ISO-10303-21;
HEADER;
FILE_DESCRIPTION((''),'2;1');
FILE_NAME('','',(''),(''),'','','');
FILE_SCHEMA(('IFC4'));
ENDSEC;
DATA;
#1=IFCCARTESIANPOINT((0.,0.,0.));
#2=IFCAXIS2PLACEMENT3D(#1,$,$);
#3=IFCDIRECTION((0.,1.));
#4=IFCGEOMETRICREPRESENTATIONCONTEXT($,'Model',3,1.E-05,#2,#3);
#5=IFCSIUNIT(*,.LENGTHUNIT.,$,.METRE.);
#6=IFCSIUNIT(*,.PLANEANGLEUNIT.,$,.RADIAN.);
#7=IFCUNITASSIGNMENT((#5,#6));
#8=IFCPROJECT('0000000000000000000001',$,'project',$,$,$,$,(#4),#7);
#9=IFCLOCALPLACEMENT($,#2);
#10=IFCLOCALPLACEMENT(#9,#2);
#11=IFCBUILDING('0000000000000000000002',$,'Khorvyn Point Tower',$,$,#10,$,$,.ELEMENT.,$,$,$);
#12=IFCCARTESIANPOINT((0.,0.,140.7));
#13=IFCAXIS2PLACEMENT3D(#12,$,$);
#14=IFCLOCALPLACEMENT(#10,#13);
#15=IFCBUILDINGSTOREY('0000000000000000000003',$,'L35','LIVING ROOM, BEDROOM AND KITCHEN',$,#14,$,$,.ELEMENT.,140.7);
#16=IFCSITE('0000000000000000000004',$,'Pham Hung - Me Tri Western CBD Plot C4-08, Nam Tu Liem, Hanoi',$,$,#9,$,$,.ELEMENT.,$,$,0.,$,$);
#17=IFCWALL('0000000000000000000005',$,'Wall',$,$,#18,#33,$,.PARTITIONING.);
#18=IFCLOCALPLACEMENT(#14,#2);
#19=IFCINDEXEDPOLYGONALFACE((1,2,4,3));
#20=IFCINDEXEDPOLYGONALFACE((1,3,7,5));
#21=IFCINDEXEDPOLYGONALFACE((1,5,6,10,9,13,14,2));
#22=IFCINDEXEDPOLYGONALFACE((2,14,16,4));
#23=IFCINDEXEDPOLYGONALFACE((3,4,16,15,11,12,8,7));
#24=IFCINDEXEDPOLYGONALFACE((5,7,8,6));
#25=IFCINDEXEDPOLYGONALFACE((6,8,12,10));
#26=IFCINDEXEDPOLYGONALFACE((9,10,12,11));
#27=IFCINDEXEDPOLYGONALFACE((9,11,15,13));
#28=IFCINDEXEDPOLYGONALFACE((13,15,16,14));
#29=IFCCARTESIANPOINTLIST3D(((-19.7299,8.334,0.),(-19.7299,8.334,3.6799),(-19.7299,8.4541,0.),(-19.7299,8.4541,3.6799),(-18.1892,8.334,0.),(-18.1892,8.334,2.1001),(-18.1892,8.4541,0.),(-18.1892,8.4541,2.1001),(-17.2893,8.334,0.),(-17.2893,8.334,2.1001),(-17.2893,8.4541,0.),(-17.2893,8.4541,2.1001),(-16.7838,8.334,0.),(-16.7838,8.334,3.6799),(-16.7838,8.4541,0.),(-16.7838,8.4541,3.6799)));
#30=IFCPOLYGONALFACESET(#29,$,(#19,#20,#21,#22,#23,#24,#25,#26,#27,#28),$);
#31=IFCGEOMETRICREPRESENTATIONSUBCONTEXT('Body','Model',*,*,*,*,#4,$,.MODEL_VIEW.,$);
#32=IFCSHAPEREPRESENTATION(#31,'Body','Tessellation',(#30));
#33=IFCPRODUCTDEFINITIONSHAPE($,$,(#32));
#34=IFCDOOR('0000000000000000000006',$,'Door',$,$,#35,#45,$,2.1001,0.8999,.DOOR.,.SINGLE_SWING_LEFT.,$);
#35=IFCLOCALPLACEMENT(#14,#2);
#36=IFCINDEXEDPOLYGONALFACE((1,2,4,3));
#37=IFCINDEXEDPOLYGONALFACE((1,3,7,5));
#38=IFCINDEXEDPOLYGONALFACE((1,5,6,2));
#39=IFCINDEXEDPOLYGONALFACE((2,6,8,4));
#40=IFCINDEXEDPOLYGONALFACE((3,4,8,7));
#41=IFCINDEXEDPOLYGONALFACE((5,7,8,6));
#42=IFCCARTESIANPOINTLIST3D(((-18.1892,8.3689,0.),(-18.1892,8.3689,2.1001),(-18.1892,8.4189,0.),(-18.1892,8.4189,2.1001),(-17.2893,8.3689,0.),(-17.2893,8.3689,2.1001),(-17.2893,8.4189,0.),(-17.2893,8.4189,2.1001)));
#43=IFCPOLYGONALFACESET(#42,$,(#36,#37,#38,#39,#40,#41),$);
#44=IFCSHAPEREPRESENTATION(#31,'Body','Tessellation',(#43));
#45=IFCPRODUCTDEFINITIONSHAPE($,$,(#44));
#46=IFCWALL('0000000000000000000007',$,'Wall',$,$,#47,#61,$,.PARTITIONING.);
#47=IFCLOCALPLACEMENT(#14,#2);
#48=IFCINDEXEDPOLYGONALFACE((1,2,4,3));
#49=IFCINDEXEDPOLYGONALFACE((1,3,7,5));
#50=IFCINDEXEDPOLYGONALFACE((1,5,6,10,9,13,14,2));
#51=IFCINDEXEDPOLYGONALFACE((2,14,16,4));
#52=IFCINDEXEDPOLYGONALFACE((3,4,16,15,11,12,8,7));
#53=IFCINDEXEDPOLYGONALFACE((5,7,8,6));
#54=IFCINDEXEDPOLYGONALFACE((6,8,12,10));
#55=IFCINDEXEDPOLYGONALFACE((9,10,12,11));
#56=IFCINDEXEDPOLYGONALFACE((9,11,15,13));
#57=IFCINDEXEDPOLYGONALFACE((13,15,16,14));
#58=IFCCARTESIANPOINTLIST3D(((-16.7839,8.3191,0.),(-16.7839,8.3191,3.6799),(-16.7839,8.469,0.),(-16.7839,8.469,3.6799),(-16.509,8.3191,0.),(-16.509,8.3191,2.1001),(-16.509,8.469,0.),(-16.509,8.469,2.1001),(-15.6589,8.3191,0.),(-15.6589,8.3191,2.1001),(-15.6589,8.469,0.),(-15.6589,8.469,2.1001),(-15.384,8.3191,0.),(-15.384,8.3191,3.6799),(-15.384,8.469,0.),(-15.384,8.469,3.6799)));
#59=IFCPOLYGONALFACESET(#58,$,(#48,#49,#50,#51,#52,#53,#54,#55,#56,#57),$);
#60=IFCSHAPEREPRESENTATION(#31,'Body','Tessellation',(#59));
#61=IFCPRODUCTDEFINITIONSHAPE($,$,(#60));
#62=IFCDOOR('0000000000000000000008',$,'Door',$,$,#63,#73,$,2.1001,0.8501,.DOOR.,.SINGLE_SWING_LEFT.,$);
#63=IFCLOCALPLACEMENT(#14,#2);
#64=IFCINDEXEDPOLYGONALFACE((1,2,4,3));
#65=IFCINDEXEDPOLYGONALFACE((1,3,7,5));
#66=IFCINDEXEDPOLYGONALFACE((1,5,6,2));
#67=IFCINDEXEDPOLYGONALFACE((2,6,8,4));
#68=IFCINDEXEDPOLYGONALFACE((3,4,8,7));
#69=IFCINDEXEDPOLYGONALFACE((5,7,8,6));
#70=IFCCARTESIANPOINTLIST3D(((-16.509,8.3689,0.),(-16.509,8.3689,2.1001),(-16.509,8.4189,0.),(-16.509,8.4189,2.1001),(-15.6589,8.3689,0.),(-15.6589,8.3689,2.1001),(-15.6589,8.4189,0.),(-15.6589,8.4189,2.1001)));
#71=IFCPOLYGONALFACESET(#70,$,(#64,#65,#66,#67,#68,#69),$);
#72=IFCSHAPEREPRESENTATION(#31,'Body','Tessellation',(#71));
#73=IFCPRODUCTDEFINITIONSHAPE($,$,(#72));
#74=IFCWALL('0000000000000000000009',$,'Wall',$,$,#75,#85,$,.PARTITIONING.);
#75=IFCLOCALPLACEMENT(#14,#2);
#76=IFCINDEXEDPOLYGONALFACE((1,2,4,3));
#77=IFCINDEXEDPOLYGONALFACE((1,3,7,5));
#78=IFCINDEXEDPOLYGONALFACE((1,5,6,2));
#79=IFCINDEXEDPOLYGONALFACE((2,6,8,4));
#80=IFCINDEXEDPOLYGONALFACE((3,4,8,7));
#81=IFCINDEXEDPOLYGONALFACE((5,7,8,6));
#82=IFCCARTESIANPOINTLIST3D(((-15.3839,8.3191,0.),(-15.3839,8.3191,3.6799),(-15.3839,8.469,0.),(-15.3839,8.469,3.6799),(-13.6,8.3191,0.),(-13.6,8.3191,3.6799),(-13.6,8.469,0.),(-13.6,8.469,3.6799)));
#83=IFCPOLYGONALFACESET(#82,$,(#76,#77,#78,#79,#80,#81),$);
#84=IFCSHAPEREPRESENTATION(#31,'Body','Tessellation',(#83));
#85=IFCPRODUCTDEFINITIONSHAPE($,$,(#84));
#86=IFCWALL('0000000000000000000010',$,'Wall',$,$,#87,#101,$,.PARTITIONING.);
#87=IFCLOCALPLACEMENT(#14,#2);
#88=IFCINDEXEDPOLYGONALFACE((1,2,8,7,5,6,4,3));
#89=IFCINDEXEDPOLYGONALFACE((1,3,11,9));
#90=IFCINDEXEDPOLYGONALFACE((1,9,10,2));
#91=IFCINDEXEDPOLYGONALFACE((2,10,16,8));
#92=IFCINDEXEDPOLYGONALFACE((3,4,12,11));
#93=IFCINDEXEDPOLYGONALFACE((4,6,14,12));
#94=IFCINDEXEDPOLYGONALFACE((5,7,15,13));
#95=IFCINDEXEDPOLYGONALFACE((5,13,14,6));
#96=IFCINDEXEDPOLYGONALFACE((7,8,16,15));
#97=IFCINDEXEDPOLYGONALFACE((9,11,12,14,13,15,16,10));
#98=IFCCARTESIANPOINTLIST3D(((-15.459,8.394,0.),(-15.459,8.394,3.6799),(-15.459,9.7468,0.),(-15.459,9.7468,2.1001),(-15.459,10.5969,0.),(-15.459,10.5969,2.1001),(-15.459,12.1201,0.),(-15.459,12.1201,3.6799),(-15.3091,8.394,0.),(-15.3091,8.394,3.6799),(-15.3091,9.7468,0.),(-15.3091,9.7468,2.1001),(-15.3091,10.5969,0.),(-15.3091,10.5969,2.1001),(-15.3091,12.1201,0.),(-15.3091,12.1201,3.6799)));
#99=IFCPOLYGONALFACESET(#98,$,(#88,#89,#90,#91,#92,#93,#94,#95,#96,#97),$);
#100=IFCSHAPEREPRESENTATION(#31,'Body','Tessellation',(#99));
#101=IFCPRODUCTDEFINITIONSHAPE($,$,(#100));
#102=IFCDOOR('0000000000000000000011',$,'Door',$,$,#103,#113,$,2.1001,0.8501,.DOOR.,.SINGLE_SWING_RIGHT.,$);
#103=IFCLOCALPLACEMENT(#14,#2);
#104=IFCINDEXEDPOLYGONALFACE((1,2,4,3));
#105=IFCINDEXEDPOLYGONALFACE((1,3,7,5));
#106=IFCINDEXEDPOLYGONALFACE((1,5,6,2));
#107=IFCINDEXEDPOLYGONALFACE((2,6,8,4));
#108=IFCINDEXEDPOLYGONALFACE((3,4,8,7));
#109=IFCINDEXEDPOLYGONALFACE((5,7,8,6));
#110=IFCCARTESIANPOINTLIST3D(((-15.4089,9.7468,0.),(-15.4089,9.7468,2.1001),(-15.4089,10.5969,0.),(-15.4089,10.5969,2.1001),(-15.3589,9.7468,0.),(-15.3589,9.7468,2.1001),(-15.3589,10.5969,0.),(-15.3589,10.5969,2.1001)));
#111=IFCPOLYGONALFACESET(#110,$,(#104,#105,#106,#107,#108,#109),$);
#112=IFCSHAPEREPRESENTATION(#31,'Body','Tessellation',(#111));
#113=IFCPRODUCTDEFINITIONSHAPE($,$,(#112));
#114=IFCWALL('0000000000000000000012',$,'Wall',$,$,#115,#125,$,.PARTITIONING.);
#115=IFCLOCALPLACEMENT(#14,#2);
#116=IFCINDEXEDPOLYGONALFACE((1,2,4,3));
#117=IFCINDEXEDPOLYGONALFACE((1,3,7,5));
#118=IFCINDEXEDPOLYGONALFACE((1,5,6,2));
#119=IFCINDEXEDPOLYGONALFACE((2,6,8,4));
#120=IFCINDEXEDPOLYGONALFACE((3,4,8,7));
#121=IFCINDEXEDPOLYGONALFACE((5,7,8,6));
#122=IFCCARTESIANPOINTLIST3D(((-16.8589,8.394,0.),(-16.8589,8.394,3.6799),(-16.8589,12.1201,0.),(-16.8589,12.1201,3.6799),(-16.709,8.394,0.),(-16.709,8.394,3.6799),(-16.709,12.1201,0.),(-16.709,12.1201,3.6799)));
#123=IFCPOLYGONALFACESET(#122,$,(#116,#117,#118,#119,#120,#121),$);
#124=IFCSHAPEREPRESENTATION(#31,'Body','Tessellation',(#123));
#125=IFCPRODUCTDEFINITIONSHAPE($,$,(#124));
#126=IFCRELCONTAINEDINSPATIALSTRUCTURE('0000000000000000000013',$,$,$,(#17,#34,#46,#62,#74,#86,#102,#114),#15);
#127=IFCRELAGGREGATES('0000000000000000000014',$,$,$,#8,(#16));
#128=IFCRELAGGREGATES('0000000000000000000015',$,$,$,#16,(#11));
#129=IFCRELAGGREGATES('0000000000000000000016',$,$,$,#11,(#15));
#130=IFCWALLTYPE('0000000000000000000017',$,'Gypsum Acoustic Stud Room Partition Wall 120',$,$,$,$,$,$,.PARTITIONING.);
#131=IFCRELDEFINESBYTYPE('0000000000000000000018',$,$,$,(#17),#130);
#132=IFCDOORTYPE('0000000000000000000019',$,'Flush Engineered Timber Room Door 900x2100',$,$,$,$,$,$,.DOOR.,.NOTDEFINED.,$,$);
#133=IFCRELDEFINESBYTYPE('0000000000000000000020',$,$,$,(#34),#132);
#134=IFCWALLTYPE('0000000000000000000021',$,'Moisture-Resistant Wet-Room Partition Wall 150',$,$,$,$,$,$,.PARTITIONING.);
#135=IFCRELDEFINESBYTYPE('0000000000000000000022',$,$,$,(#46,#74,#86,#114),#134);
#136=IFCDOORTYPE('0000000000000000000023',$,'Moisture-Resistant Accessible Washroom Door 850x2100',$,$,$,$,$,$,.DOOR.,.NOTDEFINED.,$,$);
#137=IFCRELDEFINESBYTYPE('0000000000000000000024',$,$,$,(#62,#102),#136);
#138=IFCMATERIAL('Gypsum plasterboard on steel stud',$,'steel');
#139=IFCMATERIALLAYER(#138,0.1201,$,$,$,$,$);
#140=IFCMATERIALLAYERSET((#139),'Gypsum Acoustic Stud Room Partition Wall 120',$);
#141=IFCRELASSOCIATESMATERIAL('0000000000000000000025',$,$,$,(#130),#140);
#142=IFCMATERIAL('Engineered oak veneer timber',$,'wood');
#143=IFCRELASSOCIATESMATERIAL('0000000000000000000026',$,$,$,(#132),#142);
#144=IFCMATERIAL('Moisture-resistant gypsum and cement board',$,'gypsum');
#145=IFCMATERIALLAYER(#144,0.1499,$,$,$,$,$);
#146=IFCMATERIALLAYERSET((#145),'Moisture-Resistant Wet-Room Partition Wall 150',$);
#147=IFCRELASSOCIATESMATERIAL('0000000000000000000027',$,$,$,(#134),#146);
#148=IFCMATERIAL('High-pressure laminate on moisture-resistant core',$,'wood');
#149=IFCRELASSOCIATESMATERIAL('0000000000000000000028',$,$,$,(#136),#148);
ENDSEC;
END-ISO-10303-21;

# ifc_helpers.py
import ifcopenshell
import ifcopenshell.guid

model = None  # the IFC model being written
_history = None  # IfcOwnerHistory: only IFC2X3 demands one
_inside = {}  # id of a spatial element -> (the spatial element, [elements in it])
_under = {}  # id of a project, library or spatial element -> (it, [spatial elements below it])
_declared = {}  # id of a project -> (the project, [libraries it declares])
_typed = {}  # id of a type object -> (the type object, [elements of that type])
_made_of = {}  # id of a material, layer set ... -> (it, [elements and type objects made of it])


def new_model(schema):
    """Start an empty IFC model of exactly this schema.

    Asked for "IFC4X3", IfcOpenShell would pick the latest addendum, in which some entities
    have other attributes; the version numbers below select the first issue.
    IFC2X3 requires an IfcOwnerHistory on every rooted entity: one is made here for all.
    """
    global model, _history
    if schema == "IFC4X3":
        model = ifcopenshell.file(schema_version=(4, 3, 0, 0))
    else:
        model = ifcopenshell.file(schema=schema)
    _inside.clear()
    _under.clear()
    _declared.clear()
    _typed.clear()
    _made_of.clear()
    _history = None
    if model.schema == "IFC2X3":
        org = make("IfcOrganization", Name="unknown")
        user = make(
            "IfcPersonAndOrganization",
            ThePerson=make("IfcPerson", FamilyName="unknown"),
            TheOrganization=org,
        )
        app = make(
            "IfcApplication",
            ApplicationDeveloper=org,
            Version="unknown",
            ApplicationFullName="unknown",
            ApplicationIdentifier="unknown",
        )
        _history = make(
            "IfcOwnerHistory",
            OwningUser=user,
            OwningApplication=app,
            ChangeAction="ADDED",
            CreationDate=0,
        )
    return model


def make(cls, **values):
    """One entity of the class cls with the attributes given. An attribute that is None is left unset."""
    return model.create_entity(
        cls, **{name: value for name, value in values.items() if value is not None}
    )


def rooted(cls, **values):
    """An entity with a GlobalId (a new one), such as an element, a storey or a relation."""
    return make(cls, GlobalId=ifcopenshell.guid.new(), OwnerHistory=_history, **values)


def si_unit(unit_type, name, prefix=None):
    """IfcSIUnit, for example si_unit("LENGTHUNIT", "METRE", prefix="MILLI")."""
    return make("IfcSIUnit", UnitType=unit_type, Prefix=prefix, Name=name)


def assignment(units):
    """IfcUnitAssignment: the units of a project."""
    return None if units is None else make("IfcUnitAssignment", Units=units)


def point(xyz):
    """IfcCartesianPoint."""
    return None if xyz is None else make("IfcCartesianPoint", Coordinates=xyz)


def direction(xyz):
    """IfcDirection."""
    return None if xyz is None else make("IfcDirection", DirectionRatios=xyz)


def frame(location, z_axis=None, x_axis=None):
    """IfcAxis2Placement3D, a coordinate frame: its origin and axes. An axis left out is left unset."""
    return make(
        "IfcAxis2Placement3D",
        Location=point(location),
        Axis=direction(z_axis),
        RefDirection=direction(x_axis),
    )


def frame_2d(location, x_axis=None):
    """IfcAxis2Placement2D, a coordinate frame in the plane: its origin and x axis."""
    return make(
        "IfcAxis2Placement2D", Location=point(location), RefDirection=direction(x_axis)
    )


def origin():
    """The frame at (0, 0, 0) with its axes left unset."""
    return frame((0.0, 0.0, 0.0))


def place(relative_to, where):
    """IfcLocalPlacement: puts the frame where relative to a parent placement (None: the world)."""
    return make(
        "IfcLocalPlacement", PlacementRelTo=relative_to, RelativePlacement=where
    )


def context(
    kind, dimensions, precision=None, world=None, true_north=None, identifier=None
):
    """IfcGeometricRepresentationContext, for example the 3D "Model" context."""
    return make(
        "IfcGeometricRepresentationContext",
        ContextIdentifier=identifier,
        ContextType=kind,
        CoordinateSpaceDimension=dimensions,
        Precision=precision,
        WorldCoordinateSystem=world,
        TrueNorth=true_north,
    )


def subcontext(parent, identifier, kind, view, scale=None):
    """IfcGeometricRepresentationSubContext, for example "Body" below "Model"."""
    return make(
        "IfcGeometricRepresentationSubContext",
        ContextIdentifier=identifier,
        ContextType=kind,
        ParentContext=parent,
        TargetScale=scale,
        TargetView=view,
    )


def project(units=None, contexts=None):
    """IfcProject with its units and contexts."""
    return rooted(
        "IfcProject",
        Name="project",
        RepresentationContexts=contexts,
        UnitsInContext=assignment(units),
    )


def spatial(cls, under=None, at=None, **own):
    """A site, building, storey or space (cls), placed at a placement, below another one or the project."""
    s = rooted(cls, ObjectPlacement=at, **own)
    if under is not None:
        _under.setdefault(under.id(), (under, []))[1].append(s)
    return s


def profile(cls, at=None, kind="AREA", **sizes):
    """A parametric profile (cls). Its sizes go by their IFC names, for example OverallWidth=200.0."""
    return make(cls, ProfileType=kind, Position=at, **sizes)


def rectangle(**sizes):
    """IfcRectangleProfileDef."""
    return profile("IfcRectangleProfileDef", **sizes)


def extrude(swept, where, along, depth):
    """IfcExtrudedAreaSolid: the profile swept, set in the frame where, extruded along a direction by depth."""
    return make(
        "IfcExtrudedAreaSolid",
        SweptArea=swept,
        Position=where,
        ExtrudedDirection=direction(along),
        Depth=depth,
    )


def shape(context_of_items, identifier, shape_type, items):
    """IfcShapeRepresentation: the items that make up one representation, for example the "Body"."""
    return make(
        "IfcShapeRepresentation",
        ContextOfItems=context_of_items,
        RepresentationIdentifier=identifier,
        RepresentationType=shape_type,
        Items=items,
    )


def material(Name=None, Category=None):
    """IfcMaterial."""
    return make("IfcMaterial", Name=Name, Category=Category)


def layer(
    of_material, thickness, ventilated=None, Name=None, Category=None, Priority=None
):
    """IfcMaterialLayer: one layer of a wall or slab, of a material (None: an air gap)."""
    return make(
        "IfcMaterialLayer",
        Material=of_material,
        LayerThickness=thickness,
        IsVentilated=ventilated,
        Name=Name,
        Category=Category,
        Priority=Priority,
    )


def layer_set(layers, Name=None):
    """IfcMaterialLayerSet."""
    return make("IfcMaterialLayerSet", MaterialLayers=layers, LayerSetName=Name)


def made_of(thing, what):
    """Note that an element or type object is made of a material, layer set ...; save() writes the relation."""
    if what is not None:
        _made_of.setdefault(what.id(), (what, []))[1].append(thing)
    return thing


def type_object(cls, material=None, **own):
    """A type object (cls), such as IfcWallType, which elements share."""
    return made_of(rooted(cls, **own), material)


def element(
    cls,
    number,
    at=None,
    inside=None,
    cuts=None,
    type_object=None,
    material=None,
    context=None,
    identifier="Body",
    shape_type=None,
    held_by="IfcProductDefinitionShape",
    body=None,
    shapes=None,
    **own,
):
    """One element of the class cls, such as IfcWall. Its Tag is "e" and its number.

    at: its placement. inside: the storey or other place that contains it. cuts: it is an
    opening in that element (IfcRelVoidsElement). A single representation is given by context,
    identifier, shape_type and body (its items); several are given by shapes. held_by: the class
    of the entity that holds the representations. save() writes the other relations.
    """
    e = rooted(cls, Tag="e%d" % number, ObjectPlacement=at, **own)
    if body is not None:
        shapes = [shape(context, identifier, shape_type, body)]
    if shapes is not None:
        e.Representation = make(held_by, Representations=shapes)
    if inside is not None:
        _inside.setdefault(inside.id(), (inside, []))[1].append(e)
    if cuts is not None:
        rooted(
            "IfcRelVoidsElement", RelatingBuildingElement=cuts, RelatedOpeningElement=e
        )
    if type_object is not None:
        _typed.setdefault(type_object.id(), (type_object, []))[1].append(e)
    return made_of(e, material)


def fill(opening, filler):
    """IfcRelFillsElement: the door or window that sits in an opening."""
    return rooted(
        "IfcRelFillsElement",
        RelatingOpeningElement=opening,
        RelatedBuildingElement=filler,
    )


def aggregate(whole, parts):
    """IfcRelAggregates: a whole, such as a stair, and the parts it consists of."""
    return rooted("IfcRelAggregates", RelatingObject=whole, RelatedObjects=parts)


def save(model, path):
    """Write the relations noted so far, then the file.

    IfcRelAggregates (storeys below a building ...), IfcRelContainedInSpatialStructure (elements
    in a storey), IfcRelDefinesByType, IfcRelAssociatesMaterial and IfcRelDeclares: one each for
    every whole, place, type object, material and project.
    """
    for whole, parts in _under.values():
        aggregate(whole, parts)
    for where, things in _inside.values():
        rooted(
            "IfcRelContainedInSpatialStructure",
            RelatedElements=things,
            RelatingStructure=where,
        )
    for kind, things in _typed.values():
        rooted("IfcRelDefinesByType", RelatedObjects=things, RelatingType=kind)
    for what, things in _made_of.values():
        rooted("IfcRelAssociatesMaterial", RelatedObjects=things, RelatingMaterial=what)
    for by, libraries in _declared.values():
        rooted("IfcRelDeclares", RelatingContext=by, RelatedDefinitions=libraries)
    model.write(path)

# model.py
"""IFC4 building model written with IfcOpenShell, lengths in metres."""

from ifc_helpers import new_model, si_unit, direction, frame, frame_2d, origin, place, context, subcontext, project, spatial, rectangle, extrude, material, layer, layer_set, type_object, element, fill, save


model = new_model("IFC4")

# Units and contexts
model_context = context("Model", 3, precision=1e-05, world=origin(), true_north=direction((0.0, 1.0)))
body_context = subcontext(model_context, "Body", "Model", "MODEL_VIEW")
ifc_project = project(units=[si_unit("LENGTHUNIT", "METRE"), si_unit("PLANEANGLEUNIT", "RADIAN")], contexts=[model_context])

# Site, building, storey
site_placement = place(None, origin())
site = spatial("IfcSite", under=ifc_project, at=site_placement, Name="Pham Hung - Me Tri Western CBD Plot C4-08, Nam Tu Liem, Hanoi", CompositionType="ELEMENT", RefElevation=0.0)
building_placement = place(site_placement, origin())
building = spatial("IfcBuilding", under=site, at=building_placement, Name="Khorvyn Point Tower", CompositionType="ELEMENT")
storey_placement = place(building_placement, frame((0.0, 0.0, 140.7)))
storey = spatial("IfcBuildingStorey", under=building, at=storey_placement, Name="L35", Description="LIVING ROOM, BEDROOM AND KITCHEN", CompositionType="ELEMENT", Elevation=140.7)

# Walls, openings, doors
ifc_material_1 = material(Name="Gypsum plasterboard on steel stud", Category="steel")
ifc_layer_1 = layer(ifc_material_1, 0.1201)
ifc_layer_set_1 = layer_set([ifc_layer_1], Name="Gypsum Acoustic Stud Room Partition Wall 120")
wall_type_1 = type_object("IfcWallType", Name="Gypsum Acoustic Stud Room Partition Wall 120", PredefinedType="PARTITIONING", material=ifc_layer_set_1)
wall_1_placement = place(storey_placement, frame((-19.73, 8.394, 0.0), z_axis=(0.0, 0.0, 1.0), x_axis=(1.0, 0.0, 0.0)))
wall_1 = element("IfcWall", 1, at=wall_1_placement, inside=storey, type_object=wall_type_1, Name="Wall", PredefinedType="PARTITIONING", context=body_context, shape_type="SweptSolid", body=[
    extrude(rectangle(XDim=2.946, YDim=0.1201, at=frame_2d((1.4731, 0.0))), origin(), (0.0, 0.0, 1.0), 3.6799),
])
opening_1_placement = place(wall_1_placement, frame((1.5408, 0.0, 0.0)))
opening_1 = element("IfcOpeningElement", 2, at=opening_1_placement, cuts=wall_1, PredefinedType="OPENING", context=body_context, shape_type="SweptSolid", body=[
    extrude(rectangle(XDim=0.8999, YDim=2.1001, at=frame_2d((0.45, 1.05))), frame((0.0, 0.0701, 0.0), z_axis=(0.0, -1.0, 0.0), x_axis=(1.0, 0.0, 0.0)), (0.0, 0.0, 1.0), 0.1401),
])
ifc_material_2 = material(Name="Engineered oak veneer timber", Category="wood")
door_type_1 = type_object("IfcDoorType", Name="Flush Engineered Timber Room Door 900x2100", OperationType="NOTDEFINED", PredefinedType="DOOR", material=ifc_material_2)
door_1_placement = place(opening_1_placement, origin())
door_1 = element("IfcDoor", 3, at=door_1_placement, inside=storey, type_object=door_type_1, Name="Door", OperationType="SINGLE_SWING_LEFT", OverallHeight=2.1001, OverallWidth=0.8999, PredefinedType="DOOR", context=body_context, shape_type="SweptSolid", body=[
    extrude(rectangle(XDim=0.8999, YDim=2.1001, at=frame_2d((0.45, 1.05))), frame((0.0, 0.0249, 0.0), z_axis=(0.0, -1.0, 0.0), x_axis=(1.0, 0.0, 0.0)), (0.0, 0.0, 1.0), 0.05),
])
fill(opening_1, door_1)
ifc_material_3 = material(Name="Moisture-resistant gypsum and cement board", Category="gypsum")
ifc_layer_2 = layer(ifc_material_3, 0.1499)
ifc_layer_set_2 = layer_set([ifc_layer_2], Name="Moisture-Resistant Wet-Room Partition Wall 150")
wall_type_2 = type_object("IfcWallType", Name="Moisture-Resistant Wet-Room Partition Wall 150", PredefinedType="PARTITIONING", material=ifc_layer_set_2)
wall_2_placement = place(storey_placement, frame((-16.7839, 8.394, 0.0), z_axis=(0.0, 0.0, 1.0), x_axis=(1.0, 0.0, 0.0)))
wall_2 = element("IfcWall", 4, at=wall_2_placement, inside=storey, type_object=wall_type_2, Name="Wall", PredefinedType="PARTITIONING", context=body_context, shape_type="SweptSolid", body=[
    extrude(rectangle(XDim=1.3999, YDim=0.1499, at=frame_2d((0.7, 0.0))), origin(), (0.0, 0.0, 1.0), 3.6799),
])
opening_2_placement = place(wall_2_placement, frame((0.2749, 0.0, 0.0)))
opening_2 = element("IfcOpeningElement", 5, at=opening_2_placement, cuts=wall_2, PredefinedType="OPENING", context=body_context, shape_type="SweptSolid", body=[
    extrude(rectangle(XDim=0.8501, YDim=2.1001, at=frame_2d((0.425, 1.05))), frame((0.0, 0.085, 0.0), z_axis=(0.0, -1.0, 0.0), x_axis=(1.0, 0.0, 0.0)), (0.0, 0.0, 1.0), 0.1699),
])
ifc_material_4 = material(Name="High-pressure laminate on moisture-resistant core", Category="wood")
door_type_2 = type_object("IfcDoorType", Name="Moisture-Resistant Accessible Washroom Door 850x2100", OperationType="NOTDEFINED", PredefinedType="DOOR", material=ifc_material_4)
door_2_placement = place(opening_2_placement, origin())
door_2 = element("IfcDoor", 6, at=door_2_placement, inside=storey, type_object=door_type_2, Name="Door", OperationType="SINGLE_SWING_LEFT", OverallHeight=2.1001, OverallWidth=0.8501, PredefinedType="DOOR", context=body_context, shape_type="SweptSolid", body=[
    extrude(rectangle(XDim=0.8501, YDim=2.1001, at=frame_2d((0.425, 1.05))), frame((0.0, 0.0249, 0.0), z_axis=(0.0, -1.0, 0.0), x_axis=(1.0, 0.0, 0.0)), (0.0, 0.0, 1.0), 0.05),
])
fill(opening_2, door_2)

# Wall
wall_3_placement = place(storey_placement, frame((-15.384, 8.394, 0.0), z_axis=(0.0, 0.0, 1.0), x_axis=(1.0, 0.0, 0.0)))
element("IfcWall", 7, at=wall_3_placement, inside=storey, type_object=wall_type_2, Name="Wall", PredefinedType="PARTITIONING", context=body_context, shape_type="SweptSolid", body=[
    extrude(rectangle(XDim=1.7839, YDim=0.1499, at=frame_2d((0.8921, 0.0))), origin(), (0.0, 0.0, 1.0), 3.6799),
])

# Wall, opening, door
wall_4_placement = place(storey_placement, frame((-15.384, 8.394, 0.0), z_axis=(0.0, 0.0, 1.0), x_axis=(0.0, 1.0, 0.0)))
wall_4 = element("IfcWall", 8, at=wall_4_placement, inside=storey, type_object=wall_type_2, Name="Wall", PredefinedType="PARTITIONING", context=body_context, shape_type="SweptSolid", body=[
    extrude(rectangle(XDim=3.7261, YDim=0.1499, at=frame_2d((1.863, 0.0))), origin(), (0.0, 0.0, 1.0), 3.6799),
])
opening_3_placement = place(wall_4_placement, frame((1.3528, 0.0, 0.0)))
opening_3 = element("IfcOpeningElement", 9, at=opening_3_placement, cuts=wall_4, PredefinedType="OPENING", context=body_context, shape_type="SweptSolid", body=[
    extrude(rectangle(XDim=0.8501, YDim=2.1001, at=frame_2d((0.425, 1.05))), frame((0.0, 0.085, 0.0), z_axis=(0.0, -1.0, 0.0), x_axis=(1.0, 0.0, 0.0)), (0.0, 0.0, 1.0), 0.1699),
])
door_3_placement = place(opening_3_placement, origin())
door_3 = element("IfcDoor", 10, at=door_3_placement, inside=storey, type_object=door_type_2, Name="Door", OperationType="SINGLE_SWING_RIGHT", OverallHeight=2.1001, OverallWidth=0.8501, PredefinedType="DOOR", context=body_context, shape_type="SweptSolid", body=[
    extrude(rectangle(XDim=0.8501, YDim=2.1001, at=frame_2d((0.425, 1.05))), frame((0.0, 0.0249, 0.0), z_axis=(0.0, -1.0, 0.0), x_axis=(1.0, 0.0, 0.0)), (0.0, 0.0, 1.0), 0.05),
])
fill(opening_3, door_3)

# Wall
wall_5_placement = place(storey_placement, frame((-16.7839, 8.394, 0.0), z_axis=(0.0, 0.0, 1.0), x_axis=(0.0, 1.0, 0.0)))
element("IfcWall", 11, at=wall_5_placement, inside=storey, type_object=wall_type_2, Name="Wall", PredefinedType="PARTITIONING", context=body_context, shape_type="SweptSolid", body=[
    extrude(rectangle(XDim=3.7261, YDim=0.1499, at=frame_2d((1.863, 0.0))), origin(), (0.0, 0.0, 1.0), 3.6799),
])

save(model, "model.ifc")
